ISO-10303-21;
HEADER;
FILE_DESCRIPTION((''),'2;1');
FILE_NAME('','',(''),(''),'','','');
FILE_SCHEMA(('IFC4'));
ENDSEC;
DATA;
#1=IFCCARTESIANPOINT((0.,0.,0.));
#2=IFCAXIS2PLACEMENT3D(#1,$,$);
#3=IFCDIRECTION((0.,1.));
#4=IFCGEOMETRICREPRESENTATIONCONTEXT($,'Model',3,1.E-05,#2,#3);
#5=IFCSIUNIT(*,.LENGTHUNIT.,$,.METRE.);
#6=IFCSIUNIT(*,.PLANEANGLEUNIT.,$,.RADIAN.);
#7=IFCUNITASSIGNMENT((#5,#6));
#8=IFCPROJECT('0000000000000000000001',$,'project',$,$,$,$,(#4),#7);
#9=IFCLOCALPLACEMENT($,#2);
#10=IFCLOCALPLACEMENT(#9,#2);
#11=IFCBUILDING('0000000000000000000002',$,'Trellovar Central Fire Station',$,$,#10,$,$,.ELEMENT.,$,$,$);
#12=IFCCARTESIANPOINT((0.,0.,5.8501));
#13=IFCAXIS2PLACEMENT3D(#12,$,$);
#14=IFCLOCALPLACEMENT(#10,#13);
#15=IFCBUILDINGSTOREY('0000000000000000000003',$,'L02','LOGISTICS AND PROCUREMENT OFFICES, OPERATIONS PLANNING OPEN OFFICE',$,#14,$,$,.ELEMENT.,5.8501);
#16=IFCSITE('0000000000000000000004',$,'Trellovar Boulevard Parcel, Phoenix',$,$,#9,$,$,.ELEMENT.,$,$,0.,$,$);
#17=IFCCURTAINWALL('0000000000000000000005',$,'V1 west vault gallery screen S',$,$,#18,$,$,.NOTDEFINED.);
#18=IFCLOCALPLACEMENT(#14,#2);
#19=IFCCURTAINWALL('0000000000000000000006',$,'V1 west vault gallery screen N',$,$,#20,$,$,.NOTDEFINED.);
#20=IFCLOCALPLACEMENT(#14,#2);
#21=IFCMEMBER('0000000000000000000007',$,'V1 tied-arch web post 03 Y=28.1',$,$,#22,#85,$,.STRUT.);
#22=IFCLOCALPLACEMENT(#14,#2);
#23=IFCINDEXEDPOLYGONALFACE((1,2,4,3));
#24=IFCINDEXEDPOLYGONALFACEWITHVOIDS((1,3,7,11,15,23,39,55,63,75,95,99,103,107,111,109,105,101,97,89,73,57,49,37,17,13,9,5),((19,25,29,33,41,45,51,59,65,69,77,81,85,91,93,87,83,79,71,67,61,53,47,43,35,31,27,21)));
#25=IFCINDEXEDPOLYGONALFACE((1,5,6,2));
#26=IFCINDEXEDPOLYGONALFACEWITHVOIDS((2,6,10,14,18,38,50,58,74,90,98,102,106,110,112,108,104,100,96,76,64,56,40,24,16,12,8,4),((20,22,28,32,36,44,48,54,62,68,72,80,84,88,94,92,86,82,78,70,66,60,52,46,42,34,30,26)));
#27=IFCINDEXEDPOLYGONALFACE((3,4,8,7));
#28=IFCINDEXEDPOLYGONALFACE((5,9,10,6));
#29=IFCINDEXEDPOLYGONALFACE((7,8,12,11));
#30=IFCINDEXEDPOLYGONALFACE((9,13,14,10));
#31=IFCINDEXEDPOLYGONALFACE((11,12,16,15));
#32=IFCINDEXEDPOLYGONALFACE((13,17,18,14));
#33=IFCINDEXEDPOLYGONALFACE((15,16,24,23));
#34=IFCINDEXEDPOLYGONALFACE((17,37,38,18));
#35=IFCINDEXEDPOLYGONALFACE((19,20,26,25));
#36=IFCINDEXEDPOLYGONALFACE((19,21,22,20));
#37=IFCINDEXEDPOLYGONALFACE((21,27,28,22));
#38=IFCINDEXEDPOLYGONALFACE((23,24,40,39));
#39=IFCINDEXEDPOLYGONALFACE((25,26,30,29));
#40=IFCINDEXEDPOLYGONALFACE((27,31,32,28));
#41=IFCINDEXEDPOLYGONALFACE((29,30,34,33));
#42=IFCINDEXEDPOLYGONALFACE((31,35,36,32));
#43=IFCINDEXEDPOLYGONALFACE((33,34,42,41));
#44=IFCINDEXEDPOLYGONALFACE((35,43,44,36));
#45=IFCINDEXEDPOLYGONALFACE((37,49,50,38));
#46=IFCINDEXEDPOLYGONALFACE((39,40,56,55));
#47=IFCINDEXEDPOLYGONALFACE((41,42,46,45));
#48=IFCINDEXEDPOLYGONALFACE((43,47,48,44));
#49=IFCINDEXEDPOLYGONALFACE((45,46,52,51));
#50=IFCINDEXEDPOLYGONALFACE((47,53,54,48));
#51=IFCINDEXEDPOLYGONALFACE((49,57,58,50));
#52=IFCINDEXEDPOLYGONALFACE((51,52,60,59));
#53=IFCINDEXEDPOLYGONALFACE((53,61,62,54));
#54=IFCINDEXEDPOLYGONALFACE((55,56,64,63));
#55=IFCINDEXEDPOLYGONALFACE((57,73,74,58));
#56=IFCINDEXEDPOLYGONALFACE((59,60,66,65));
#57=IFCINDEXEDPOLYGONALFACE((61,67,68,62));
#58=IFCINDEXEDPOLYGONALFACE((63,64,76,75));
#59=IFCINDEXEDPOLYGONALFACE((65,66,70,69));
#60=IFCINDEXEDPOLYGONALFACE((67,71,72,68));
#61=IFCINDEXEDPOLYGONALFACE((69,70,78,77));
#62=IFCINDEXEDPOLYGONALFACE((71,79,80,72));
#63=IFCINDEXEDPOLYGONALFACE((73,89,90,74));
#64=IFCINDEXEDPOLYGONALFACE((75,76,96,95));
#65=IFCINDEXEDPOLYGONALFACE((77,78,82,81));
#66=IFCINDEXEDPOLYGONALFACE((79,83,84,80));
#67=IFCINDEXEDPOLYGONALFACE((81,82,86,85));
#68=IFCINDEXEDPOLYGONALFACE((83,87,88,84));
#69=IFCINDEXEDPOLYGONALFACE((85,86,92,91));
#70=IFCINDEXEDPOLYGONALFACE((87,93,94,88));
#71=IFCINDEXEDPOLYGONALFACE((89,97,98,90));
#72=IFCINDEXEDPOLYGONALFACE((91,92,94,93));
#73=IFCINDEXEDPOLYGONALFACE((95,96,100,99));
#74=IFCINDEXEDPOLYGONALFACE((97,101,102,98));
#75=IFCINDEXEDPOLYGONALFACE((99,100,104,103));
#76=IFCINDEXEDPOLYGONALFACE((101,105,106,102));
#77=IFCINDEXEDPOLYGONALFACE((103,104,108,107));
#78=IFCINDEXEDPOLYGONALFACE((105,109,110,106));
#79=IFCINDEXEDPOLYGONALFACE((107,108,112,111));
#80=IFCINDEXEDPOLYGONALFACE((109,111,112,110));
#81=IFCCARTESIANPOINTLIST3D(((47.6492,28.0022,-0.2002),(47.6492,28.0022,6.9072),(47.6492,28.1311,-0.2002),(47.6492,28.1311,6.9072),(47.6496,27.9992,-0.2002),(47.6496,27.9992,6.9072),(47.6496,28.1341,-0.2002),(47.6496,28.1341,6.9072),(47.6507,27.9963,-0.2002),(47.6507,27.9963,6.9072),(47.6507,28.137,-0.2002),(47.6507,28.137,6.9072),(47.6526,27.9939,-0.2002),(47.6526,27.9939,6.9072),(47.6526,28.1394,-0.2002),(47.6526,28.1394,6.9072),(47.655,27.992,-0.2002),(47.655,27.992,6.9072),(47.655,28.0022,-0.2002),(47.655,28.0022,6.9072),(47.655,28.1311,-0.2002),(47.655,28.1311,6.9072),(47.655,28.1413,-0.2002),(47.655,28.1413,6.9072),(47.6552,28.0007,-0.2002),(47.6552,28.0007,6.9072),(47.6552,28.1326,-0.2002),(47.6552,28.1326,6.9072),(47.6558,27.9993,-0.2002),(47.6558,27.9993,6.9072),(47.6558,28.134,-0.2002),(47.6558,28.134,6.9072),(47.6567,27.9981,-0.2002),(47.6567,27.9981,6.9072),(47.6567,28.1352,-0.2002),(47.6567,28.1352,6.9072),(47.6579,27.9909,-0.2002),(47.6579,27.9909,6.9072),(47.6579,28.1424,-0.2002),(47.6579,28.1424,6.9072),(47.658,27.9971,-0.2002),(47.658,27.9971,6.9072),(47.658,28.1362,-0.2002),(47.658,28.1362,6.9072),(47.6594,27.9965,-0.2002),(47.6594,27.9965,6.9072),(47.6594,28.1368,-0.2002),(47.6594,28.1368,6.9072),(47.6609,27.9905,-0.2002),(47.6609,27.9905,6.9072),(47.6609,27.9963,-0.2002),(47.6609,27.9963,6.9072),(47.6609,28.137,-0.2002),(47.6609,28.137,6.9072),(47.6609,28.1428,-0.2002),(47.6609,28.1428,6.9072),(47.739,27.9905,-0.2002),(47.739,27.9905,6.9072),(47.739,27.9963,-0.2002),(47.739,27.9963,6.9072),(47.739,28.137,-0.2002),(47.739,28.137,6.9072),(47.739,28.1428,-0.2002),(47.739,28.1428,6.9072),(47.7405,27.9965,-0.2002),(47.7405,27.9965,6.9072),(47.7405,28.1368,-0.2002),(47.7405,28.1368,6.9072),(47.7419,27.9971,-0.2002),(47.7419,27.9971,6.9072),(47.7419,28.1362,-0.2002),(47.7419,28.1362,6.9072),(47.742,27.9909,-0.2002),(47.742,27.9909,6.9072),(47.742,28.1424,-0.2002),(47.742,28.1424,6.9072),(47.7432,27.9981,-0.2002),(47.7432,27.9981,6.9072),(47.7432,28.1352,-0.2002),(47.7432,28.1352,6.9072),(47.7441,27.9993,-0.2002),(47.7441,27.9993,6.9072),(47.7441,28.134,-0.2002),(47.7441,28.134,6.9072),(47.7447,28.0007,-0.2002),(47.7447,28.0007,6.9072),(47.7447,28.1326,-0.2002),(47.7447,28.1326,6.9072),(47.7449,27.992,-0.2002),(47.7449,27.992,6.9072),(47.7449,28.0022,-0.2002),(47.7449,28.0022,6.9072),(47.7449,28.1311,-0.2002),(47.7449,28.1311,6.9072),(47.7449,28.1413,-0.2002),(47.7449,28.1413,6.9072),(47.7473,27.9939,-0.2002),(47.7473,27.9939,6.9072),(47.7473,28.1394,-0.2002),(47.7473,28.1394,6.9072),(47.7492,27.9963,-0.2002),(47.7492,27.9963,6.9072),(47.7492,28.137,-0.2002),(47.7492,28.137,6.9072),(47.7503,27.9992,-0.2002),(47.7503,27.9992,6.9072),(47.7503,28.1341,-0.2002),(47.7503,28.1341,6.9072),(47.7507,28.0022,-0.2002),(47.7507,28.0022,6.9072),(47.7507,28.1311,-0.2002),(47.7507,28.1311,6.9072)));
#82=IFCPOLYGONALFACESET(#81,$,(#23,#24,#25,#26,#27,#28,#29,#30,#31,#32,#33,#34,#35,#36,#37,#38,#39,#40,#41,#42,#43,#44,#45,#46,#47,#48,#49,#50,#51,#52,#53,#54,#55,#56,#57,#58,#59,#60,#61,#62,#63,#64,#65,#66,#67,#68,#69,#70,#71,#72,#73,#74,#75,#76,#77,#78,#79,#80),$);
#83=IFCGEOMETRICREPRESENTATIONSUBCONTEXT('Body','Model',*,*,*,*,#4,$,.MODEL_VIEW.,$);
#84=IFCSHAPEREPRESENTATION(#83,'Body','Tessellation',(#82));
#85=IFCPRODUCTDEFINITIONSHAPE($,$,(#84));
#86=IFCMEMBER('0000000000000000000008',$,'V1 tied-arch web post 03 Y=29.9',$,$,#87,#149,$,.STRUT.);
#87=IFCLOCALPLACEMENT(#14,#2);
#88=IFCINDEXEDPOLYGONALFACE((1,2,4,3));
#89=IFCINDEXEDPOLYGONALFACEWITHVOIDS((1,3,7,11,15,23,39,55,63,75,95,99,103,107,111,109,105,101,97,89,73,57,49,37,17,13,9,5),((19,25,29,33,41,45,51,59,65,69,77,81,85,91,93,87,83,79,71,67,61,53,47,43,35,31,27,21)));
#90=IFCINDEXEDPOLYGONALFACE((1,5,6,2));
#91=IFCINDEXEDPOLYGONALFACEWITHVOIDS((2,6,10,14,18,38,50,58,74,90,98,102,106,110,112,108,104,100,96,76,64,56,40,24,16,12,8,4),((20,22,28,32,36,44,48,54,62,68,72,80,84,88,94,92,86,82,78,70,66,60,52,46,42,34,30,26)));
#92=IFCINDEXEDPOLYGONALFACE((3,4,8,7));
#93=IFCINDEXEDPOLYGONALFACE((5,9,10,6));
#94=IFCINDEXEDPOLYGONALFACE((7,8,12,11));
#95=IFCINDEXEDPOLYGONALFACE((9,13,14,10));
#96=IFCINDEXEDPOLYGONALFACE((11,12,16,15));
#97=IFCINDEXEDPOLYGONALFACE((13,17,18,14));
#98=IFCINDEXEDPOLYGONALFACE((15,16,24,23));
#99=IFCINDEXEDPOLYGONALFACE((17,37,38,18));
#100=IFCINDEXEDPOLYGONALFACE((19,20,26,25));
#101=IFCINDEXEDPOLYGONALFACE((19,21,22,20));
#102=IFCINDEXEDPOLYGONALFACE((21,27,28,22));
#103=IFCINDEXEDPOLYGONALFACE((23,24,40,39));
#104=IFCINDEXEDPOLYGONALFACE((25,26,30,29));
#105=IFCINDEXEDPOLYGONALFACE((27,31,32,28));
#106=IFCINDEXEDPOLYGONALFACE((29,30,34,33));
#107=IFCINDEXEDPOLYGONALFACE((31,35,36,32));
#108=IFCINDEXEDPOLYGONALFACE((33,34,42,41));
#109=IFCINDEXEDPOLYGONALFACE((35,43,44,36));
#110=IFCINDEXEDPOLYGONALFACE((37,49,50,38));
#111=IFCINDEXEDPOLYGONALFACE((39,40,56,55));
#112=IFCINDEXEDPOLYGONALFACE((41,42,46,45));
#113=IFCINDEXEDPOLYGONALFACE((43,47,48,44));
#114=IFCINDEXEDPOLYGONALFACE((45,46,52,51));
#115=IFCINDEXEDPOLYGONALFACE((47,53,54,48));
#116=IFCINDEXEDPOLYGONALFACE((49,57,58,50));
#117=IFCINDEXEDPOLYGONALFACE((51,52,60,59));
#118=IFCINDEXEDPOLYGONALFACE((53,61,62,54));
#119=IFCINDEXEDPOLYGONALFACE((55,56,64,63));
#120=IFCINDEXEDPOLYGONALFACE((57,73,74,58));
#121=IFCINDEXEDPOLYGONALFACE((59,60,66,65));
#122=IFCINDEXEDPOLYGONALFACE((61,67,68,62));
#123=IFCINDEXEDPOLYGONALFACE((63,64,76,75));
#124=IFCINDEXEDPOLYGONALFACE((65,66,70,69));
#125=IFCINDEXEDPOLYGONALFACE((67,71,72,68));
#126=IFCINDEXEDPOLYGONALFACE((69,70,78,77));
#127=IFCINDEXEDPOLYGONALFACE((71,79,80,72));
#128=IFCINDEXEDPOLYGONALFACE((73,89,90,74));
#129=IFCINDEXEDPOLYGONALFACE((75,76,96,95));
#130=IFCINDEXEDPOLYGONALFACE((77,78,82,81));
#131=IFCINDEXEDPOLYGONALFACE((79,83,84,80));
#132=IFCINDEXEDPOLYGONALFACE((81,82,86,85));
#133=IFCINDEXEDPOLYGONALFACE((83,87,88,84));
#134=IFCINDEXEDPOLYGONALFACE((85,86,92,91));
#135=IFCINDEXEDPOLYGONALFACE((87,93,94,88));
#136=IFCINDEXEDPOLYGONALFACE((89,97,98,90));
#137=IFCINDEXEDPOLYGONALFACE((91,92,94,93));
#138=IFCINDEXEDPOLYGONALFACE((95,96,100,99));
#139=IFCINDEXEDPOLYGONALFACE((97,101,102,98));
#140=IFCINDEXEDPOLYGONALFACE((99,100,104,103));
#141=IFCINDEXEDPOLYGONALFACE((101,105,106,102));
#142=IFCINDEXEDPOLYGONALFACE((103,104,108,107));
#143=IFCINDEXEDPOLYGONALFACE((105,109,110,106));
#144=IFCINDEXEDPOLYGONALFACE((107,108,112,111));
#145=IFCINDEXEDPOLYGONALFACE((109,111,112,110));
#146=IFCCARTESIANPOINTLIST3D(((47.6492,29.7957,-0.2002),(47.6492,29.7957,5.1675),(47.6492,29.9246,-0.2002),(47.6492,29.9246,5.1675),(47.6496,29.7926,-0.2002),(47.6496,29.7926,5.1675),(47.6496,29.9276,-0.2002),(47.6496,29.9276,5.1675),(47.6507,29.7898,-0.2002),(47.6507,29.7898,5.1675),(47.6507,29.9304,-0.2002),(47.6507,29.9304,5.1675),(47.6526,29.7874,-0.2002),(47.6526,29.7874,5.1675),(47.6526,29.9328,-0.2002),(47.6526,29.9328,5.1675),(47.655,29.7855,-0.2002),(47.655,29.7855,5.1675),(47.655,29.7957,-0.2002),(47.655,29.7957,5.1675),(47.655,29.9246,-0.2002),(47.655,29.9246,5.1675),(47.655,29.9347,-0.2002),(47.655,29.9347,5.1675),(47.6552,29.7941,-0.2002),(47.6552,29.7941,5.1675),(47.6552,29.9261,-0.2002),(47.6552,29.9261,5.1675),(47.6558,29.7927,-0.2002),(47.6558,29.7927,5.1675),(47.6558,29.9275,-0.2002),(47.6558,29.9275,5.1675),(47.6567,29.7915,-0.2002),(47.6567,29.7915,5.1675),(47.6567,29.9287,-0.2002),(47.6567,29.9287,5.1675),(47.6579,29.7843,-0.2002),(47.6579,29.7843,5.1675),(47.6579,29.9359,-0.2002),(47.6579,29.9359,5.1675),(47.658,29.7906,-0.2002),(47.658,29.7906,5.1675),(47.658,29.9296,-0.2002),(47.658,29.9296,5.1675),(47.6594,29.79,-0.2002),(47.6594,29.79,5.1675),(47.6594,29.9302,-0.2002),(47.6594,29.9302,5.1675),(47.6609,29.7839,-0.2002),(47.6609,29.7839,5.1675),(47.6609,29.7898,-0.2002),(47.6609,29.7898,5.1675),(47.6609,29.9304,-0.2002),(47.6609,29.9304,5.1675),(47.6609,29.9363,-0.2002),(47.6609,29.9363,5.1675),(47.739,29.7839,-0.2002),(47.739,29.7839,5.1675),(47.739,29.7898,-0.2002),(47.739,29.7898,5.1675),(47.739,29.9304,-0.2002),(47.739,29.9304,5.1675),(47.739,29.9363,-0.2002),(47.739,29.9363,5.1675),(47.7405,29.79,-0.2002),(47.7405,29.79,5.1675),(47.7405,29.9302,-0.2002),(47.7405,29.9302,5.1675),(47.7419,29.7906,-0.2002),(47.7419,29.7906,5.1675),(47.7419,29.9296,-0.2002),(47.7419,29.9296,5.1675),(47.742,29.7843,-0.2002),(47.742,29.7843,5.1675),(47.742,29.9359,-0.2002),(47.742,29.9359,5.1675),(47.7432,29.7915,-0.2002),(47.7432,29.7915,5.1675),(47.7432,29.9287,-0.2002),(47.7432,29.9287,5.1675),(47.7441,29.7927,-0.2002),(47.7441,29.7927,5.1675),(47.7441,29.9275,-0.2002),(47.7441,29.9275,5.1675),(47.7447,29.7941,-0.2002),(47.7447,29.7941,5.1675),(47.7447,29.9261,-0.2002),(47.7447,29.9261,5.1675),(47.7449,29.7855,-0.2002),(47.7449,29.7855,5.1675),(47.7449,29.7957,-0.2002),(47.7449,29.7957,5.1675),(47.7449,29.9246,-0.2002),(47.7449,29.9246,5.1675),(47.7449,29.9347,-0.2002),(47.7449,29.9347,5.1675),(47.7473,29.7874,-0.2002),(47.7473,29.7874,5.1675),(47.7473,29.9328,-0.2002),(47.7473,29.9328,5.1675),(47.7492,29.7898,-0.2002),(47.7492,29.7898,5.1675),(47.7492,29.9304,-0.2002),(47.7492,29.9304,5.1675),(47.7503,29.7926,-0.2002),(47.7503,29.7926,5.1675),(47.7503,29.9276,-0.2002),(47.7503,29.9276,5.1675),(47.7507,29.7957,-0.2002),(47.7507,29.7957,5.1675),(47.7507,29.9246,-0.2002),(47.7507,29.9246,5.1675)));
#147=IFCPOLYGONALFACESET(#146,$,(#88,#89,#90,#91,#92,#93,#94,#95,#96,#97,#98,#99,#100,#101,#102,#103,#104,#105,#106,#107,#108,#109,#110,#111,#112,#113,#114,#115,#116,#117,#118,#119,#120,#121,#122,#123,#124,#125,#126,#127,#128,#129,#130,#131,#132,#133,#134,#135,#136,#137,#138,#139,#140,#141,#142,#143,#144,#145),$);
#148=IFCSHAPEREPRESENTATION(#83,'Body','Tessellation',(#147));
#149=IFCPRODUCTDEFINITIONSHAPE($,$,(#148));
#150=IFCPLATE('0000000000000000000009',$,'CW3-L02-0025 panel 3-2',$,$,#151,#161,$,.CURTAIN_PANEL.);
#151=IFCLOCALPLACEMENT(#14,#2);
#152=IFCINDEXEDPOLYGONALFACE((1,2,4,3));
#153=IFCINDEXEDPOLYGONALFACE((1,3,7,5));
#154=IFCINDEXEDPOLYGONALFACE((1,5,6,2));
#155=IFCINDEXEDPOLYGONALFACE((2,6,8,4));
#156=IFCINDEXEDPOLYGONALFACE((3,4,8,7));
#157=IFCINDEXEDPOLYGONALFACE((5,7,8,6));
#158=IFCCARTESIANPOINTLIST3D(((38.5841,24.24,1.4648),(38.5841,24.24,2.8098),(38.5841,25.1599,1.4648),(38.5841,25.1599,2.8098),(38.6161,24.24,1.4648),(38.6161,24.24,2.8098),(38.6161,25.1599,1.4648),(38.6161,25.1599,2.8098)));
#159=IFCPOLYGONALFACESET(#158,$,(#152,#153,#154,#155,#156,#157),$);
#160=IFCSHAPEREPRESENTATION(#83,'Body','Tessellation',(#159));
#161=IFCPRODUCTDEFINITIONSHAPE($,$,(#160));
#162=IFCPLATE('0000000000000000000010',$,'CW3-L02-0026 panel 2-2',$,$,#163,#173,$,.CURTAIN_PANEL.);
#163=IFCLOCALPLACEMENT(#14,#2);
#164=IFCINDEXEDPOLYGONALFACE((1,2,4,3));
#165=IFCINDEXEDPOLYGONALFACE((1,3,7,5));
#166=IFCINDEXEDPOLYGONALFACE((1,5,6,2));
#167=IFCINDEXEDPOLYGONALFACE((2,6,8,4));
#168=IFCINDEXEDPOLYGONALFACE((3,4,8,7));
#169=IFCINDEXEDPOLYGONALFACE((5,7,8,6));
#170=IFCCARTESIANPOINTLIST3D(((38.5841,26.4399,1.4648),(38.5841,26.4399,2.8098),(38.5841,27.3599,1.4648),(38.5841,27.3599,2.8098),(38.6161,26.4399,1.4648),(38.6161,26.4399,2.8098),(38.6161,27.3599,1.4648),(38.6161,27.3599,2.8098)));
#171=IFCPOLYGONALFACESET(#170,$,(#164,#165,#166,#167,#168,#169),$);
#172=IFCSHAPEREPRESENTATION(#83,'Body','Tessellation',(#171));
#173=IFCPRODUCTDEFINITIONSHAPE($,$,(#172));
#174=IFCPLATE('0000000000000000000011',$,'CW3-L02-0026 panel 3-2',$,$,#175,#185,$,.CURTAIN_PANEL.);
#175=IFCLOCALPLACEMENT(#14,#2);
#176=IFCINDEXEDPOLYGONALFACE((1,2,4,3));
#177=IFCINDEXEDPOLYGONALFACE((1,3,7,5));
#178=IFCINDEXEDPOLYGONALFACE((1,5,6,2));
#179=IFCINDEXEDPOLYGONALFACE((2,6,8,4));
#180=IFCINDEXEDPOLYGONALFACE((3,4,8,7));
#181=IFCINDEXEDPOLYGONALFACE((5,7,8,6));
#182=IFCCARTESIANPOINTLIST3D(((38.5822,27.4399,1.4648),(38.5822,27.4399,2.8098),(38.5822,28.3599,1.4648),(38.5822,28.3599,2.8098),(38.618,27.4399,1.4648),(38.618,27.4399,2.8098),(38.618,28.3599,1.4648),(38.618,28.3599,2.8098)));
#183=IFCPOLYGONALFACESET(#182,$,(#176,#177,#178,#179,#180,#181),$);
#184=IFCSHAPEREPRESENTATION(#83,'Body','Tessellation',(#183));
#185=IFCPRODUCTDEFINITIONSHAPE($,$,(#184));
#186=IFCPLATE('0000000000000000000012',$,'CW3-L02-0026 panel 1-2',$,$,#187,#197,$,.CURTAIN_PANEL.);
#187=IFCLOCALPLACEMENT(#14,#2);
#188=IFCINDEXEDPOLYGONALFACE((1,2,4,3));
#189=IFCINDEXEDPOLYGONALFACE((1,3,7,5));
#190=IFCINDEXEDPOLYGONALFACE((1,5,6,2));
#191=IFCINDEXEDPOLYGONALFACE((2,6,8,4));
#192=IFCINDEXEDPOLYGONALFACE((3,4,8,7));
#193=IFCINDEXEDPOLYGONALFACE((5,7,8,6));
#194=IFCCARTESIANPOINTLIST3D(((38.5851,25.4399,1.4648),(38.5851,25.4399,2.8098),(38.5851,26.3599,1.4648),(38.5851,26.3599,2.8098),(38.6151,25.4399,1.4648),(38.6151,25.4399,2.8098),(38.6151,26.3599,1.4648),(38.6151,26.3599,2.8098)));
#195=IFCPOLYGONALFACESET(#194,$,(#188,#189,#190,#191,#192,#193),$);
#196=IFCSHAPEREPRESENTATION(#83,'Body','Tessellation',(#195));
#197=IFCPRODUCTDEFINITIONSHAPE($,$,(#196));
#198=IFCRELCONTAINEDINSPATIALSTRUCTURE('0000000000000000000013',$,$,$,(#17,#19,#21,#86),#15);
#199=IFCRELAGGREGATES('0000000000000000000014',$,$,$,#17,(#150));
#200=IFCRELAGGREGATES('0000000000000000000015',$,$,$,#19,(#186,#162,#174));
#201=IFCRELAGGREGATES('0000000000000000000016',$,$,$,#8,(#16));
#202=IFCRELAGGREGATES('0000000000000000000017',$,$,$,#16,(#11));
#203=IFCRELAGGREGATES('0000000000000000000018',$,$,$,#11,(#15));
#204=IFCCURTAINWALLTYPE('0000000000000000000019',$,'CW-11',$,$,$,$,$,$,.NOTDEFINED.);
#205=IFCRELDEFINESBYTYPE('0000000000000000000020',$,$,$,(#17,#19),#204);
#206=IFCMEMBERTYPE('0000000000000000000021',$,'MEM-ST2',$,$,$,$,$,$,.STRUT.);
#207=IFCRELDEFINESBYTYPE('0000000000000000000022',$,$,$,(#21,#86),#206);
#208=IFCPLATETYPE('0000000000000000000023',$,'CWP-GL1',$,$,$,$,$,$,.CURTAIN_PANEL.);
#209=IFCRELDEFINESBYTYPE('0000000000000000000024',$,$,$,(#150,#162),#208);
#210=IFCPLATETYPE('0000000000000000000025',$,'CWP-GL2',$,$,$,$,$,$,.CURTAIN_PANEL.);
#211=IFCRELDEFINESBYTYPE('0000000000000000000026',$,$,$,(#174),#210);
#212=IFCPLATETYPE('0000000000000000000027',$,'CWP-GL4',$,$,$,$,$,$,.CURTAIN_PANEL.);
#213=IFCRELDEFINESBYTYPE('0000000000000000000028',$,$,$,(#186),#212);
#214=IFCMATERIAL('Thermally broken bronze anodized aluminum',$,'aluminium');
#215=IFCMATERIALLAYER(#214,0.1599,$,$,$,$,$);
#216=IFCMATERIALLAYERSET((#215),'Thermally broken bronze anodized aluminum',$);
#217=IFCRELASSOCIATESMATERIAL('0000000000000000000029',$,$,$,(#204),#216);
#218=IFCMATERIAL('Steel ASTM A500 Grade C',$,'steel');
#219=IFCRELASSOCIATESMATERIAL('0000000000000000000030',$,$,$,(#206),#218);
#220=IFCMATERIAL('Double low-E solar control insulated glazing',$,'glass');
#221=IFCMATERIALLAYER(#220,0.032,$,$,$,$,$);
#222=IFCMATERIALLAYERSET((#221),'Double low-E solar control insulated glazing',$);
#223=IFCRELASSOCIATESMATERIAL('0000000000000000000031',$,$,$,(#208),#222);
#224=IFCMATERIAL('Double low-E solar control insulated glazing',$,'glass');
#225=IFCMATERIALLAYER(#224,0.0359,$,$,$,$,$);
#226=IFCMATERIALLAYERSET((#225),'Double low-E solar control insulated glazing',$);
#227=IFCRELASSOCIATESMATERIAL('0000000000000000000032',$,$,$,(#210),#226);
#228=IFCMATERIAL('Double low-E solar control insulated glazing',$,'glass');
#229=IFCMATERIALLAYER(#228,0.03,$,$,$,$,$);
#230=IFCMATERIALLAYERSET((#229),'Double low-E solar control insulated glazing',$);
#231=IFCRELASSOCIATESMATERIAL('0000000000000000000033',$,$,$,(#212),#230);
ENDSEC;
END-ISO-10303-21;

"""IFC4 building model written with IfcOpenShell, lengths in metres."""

from ifc_helpers import new_model, si_unit, direction, frame, origin, origin_2d, place, context, subcontext, project, spatial, rectangle, hollow_rectangle, extrude, material, layer, layer_set, material_profile, profile_set, type_object, element, aggregate, save


model = new_model("IFC4")

# Units and contexts
model_context = context("Model", 3, precision=1e-05, world=origin(), true_north=direction((0.0, 1.0)))
body_context = subcontext(model_context, "Body", "Model", "MODEL_VIEW")
ifc_project = project(units=[si_unit("LENGTHUNIT", "METRE"), si_unit("PLANEANGLEUNIT", "RADIAN")], contexts=[model_context])

# Site, building, storey
site_placement = place(None, origin())
site = spatial("IfcSite", under=ifc_project, at=site_placement, Name="Trellovar Boulevard Parcel, Phoenix", CompositionType="ELEMENT", RefElevation=0.0)
building_placement = place(site_placement, origin())
building = spatial("IfcBuilding", under=site, at=building_placement, Name="Trellovar Central Fire Station", CompositionType="ELEMENT")
storey_placement = place(building_placement, frame((0.0, 0.0, 5.8501)))
storey = spatial("IfcBuildingStorey", under=building, at=storey_placement, Name="L02", Description="LOGISTICS AND PROCUREMENT OFFICES, OPERATIONS PLANNING OPEN OFFICE", CompositionType="ELEMENT", Elevation=5.8501)

# Curtain wall
ifc_material_1 = material(Name="Thermally broken bronze anodized aluminum", Category="aluminium")
ifc_layer_1 = layer(ifc_material_1, 0.1599)
ifc_layer_set_1 = layer_set([ifc_layer_1], Name="Thermally broken bronze anodized aluminum")
curtain_wall_type = type_object("IfcCurtainWallType", Name="CW-11", PredefinedType="NOTDEFINED", material=ifc_layer_set_1)
curtain_wall_1_placement = place(storey_placement, origin())
curtain_wall_1 = element("IfcCurtainWall", 1, at=curtain_wall_1_placement, inside=storey, type_object=curtain_wall_type, Name="V1 west vault gallery screen S", PredefinedType="NOTDEFINED")

# Curtain wall
curtain_wall_2_placement = place(storey_placement, origin())
curtain_wall_2 = element("IfcCurtainWall", 2, at=curtain_wall_2_placement, inside=storey, type_object=curtain_wall_type, Name="V1 west vault gallery screen N", PredefinedType="NOTDEFINED")

# Members
ifc_material_2 = material(Name="Steel ASTM A500 Grade C", Category="steel")
ifc_material_profile_1 = material_profile(ifc_material_2, hollow_rectangle(XDim=0.1016, YDim=0.1523, WallThickness=0.0059, InnerFilletRadius=0.0059, OuterFilletRadius=0.0117, at=origin_2d()), Name="HSS6X4X1/4")
ifc_profile_set_1 = profile_set([ifc_material_profile_1], Name="Steel ASTM A500 Grade C")
member_type_1 = type_object("IfcMemberType", Name="MEM-ST2", PredefinedType="STRUT", material=ifc_profile_set_1)
member_1_placement = place(storey_placement, frame((47.7, 28.0667, -0.2002), z_axis=(0.0, 0.0, 1.0), x_axis=(1.0, 0.0, 0.0)))
element("IfcMember", 3, at=member_1_placement, inside=storey, type_object=member_type_1, Name="V1 tied-arch web post 03 Y=28.1", PredefinedType="STRUT", context=body_context, shape_type="SweptSolid", body=[
    extrude(hollow_rectangle(XDim=0.1016, YDim=0.1523, WallThickness=0.0059, InnerFilletRadius=0.0059, OuterFilletRadius=0.0117, at=origin_2d()), origin(), (0.0, 0.0, 1.0), 7.1074),
])
member_2_placement = place(storey_placement, frame((47.7, 29.8601, -0.2002), z_axis=(0.0, 0.0, 1.0), x_axis=(1.0, 0.0, 0.0)))
element("IfcMember", 4, at=member_2_placement, inside=storey, type_object=member_type_1, Name="V1 tied-arch web post 03 Y=29.9", PredefinedType="STRUT", context=body_context, shape_type="SweptSolid", body=[
    extrude(hollow_rectangle(XDim=0.1016, YDim=0.1523, WallThickness=0.0059, InnerFilletRadius=0.0059, OuterFilletRadius=0.0117, at=origin_2d()), origin(), (0.0, 0.0, 1.0), 5.3677),
])

# Plates
ifc_material_3 = material(Name="Double low-E solar control insulated glazing", Category="glass")
ifc_layer_2 = layer(ifc_material_3, 0.032)
ifc_layer_set_2 = layer_set([ifc_layer_2], Name="Double low-E solar control insulated glazing")
plate_type_1 = type_object("IfcPlateType", Name="CWP-GL1", PredefinedType="CURTAIN_PANEL", material=ifc_layer_set_2)
plate_1_placement = place(storey_placement, frame((38.6001, 24.7, 1.4648), z_axis=(0.0, 0.0, 1.0), x_axis=(0.0, 1.0, 0.0)))
plate_1 = element("IfcPlate", 5, at=plate_1_placement, type_object=plate_type_1, Name="CW3-L02-0025 panel 3-2", PredefinedType="CURTAIN_PANEL", context=body_context, shape_type="SweptSolid", body=[
    extrude(rectangle(XDim=0.9199, YDim=0.032, at=origin_2d()), origin(), (0.0, 0.0, 1.0), 1.345),
])
plate_2_placement = place(storey_placement, frame((38.6001, 26.8999, 1.4648), z_axis=(0.0, 0.0, 1.0), x_axis=(0.0, 1.0, 0.0)))
plate_2 = element("IfcPlate", 6, at=plate_2_placement, type_object=plate_type_1, Name="CW3-L02-0026 panel 2-2", PredefinedType="CURTAIN_PANEL", context=body_context, shape_type="SweptSolid", body=[
    extrude(rectangle(XDim=0.9199, YDim=0.032, at=origin_2d()), origin(), (0.0, 0.0, 1.0), 1.345),
])
ifc_material_4 = material(Name="Double low-E solar control insulated glazing", Category="glass")
ifc_layer_3 = layer(ifc_material_4, 0.0359)
ifc_layer_set_3 = layer_set([ifc_layer_3], Name="Double low-E solar control insulated glazing")
plate_type_2 = type_object("IfcPlateType", Name="CWP-GL2", PredefinedType="CURTAIN_PANEL", material=ifc_layer_set_3)
plate_3_placement = place(storey_placement, frame((38.6001, 27.8999, 1.4648), z_axis=(0.0, 0.0, 1.0), x_axis=(0.0, 1.0, 0.0)))
plate_3 = element("IfcPlate", 7, at=plate_3_placement, type_object=plate_type_2, Name="CW3-L02-0026 panel 3-2", PredefinedType="CURTAIN_PANEL", context=body_context, shape_type="SweptSolid", body=[
    extrude(rectangle(XDim=0.9199, YDim=0.0359, at=origin_2d()), origin(), (0.0, 0.0, 1.0), 1.345),
])
ifc_material_5 = material(Name="Double low-E solar control insulated glazing", Category="glass")
ifc_layer_4 = layer(ifc_material_5, 0.03)
ifc_layer_set_4 = layer_set([ifc_layer_4], Name="Double low-E solar control insulated glazing")
plate_type_3 = type_object("IfcPlateType", Name="CWP-GL4", PredefinedType="CURTAIN_PANEL", material=ifc_layer_set_4)
plate_4_placement = place(storey_placement, frame((38.6001, 25.8999, 1.4648), z_axis=(0.0, 0.0, 1.0), x_axis=(0.0, 1.0, 0.0)))
plate_4 = element("IfcPlate", 8, at=plate_4_placement, type_object=plate_type_3, Name="CW3-L02-0026 panel 1-2", PredefinedType="CURTAIN_PANEL", context=body_context, shape_type="SweptSolid", body=[
    extrude(rectangle(XDim=0.9199, YDim=0.03, at=origin_2d()), origin(), (0.0, 0.0, 1.0), 1.345),
])
aggregate(curtain_wall_1, [plate_1])
aggregate(curtain_wall_2, [plate_4, plate_2, plate_3])

save(model, "model.ifc")
